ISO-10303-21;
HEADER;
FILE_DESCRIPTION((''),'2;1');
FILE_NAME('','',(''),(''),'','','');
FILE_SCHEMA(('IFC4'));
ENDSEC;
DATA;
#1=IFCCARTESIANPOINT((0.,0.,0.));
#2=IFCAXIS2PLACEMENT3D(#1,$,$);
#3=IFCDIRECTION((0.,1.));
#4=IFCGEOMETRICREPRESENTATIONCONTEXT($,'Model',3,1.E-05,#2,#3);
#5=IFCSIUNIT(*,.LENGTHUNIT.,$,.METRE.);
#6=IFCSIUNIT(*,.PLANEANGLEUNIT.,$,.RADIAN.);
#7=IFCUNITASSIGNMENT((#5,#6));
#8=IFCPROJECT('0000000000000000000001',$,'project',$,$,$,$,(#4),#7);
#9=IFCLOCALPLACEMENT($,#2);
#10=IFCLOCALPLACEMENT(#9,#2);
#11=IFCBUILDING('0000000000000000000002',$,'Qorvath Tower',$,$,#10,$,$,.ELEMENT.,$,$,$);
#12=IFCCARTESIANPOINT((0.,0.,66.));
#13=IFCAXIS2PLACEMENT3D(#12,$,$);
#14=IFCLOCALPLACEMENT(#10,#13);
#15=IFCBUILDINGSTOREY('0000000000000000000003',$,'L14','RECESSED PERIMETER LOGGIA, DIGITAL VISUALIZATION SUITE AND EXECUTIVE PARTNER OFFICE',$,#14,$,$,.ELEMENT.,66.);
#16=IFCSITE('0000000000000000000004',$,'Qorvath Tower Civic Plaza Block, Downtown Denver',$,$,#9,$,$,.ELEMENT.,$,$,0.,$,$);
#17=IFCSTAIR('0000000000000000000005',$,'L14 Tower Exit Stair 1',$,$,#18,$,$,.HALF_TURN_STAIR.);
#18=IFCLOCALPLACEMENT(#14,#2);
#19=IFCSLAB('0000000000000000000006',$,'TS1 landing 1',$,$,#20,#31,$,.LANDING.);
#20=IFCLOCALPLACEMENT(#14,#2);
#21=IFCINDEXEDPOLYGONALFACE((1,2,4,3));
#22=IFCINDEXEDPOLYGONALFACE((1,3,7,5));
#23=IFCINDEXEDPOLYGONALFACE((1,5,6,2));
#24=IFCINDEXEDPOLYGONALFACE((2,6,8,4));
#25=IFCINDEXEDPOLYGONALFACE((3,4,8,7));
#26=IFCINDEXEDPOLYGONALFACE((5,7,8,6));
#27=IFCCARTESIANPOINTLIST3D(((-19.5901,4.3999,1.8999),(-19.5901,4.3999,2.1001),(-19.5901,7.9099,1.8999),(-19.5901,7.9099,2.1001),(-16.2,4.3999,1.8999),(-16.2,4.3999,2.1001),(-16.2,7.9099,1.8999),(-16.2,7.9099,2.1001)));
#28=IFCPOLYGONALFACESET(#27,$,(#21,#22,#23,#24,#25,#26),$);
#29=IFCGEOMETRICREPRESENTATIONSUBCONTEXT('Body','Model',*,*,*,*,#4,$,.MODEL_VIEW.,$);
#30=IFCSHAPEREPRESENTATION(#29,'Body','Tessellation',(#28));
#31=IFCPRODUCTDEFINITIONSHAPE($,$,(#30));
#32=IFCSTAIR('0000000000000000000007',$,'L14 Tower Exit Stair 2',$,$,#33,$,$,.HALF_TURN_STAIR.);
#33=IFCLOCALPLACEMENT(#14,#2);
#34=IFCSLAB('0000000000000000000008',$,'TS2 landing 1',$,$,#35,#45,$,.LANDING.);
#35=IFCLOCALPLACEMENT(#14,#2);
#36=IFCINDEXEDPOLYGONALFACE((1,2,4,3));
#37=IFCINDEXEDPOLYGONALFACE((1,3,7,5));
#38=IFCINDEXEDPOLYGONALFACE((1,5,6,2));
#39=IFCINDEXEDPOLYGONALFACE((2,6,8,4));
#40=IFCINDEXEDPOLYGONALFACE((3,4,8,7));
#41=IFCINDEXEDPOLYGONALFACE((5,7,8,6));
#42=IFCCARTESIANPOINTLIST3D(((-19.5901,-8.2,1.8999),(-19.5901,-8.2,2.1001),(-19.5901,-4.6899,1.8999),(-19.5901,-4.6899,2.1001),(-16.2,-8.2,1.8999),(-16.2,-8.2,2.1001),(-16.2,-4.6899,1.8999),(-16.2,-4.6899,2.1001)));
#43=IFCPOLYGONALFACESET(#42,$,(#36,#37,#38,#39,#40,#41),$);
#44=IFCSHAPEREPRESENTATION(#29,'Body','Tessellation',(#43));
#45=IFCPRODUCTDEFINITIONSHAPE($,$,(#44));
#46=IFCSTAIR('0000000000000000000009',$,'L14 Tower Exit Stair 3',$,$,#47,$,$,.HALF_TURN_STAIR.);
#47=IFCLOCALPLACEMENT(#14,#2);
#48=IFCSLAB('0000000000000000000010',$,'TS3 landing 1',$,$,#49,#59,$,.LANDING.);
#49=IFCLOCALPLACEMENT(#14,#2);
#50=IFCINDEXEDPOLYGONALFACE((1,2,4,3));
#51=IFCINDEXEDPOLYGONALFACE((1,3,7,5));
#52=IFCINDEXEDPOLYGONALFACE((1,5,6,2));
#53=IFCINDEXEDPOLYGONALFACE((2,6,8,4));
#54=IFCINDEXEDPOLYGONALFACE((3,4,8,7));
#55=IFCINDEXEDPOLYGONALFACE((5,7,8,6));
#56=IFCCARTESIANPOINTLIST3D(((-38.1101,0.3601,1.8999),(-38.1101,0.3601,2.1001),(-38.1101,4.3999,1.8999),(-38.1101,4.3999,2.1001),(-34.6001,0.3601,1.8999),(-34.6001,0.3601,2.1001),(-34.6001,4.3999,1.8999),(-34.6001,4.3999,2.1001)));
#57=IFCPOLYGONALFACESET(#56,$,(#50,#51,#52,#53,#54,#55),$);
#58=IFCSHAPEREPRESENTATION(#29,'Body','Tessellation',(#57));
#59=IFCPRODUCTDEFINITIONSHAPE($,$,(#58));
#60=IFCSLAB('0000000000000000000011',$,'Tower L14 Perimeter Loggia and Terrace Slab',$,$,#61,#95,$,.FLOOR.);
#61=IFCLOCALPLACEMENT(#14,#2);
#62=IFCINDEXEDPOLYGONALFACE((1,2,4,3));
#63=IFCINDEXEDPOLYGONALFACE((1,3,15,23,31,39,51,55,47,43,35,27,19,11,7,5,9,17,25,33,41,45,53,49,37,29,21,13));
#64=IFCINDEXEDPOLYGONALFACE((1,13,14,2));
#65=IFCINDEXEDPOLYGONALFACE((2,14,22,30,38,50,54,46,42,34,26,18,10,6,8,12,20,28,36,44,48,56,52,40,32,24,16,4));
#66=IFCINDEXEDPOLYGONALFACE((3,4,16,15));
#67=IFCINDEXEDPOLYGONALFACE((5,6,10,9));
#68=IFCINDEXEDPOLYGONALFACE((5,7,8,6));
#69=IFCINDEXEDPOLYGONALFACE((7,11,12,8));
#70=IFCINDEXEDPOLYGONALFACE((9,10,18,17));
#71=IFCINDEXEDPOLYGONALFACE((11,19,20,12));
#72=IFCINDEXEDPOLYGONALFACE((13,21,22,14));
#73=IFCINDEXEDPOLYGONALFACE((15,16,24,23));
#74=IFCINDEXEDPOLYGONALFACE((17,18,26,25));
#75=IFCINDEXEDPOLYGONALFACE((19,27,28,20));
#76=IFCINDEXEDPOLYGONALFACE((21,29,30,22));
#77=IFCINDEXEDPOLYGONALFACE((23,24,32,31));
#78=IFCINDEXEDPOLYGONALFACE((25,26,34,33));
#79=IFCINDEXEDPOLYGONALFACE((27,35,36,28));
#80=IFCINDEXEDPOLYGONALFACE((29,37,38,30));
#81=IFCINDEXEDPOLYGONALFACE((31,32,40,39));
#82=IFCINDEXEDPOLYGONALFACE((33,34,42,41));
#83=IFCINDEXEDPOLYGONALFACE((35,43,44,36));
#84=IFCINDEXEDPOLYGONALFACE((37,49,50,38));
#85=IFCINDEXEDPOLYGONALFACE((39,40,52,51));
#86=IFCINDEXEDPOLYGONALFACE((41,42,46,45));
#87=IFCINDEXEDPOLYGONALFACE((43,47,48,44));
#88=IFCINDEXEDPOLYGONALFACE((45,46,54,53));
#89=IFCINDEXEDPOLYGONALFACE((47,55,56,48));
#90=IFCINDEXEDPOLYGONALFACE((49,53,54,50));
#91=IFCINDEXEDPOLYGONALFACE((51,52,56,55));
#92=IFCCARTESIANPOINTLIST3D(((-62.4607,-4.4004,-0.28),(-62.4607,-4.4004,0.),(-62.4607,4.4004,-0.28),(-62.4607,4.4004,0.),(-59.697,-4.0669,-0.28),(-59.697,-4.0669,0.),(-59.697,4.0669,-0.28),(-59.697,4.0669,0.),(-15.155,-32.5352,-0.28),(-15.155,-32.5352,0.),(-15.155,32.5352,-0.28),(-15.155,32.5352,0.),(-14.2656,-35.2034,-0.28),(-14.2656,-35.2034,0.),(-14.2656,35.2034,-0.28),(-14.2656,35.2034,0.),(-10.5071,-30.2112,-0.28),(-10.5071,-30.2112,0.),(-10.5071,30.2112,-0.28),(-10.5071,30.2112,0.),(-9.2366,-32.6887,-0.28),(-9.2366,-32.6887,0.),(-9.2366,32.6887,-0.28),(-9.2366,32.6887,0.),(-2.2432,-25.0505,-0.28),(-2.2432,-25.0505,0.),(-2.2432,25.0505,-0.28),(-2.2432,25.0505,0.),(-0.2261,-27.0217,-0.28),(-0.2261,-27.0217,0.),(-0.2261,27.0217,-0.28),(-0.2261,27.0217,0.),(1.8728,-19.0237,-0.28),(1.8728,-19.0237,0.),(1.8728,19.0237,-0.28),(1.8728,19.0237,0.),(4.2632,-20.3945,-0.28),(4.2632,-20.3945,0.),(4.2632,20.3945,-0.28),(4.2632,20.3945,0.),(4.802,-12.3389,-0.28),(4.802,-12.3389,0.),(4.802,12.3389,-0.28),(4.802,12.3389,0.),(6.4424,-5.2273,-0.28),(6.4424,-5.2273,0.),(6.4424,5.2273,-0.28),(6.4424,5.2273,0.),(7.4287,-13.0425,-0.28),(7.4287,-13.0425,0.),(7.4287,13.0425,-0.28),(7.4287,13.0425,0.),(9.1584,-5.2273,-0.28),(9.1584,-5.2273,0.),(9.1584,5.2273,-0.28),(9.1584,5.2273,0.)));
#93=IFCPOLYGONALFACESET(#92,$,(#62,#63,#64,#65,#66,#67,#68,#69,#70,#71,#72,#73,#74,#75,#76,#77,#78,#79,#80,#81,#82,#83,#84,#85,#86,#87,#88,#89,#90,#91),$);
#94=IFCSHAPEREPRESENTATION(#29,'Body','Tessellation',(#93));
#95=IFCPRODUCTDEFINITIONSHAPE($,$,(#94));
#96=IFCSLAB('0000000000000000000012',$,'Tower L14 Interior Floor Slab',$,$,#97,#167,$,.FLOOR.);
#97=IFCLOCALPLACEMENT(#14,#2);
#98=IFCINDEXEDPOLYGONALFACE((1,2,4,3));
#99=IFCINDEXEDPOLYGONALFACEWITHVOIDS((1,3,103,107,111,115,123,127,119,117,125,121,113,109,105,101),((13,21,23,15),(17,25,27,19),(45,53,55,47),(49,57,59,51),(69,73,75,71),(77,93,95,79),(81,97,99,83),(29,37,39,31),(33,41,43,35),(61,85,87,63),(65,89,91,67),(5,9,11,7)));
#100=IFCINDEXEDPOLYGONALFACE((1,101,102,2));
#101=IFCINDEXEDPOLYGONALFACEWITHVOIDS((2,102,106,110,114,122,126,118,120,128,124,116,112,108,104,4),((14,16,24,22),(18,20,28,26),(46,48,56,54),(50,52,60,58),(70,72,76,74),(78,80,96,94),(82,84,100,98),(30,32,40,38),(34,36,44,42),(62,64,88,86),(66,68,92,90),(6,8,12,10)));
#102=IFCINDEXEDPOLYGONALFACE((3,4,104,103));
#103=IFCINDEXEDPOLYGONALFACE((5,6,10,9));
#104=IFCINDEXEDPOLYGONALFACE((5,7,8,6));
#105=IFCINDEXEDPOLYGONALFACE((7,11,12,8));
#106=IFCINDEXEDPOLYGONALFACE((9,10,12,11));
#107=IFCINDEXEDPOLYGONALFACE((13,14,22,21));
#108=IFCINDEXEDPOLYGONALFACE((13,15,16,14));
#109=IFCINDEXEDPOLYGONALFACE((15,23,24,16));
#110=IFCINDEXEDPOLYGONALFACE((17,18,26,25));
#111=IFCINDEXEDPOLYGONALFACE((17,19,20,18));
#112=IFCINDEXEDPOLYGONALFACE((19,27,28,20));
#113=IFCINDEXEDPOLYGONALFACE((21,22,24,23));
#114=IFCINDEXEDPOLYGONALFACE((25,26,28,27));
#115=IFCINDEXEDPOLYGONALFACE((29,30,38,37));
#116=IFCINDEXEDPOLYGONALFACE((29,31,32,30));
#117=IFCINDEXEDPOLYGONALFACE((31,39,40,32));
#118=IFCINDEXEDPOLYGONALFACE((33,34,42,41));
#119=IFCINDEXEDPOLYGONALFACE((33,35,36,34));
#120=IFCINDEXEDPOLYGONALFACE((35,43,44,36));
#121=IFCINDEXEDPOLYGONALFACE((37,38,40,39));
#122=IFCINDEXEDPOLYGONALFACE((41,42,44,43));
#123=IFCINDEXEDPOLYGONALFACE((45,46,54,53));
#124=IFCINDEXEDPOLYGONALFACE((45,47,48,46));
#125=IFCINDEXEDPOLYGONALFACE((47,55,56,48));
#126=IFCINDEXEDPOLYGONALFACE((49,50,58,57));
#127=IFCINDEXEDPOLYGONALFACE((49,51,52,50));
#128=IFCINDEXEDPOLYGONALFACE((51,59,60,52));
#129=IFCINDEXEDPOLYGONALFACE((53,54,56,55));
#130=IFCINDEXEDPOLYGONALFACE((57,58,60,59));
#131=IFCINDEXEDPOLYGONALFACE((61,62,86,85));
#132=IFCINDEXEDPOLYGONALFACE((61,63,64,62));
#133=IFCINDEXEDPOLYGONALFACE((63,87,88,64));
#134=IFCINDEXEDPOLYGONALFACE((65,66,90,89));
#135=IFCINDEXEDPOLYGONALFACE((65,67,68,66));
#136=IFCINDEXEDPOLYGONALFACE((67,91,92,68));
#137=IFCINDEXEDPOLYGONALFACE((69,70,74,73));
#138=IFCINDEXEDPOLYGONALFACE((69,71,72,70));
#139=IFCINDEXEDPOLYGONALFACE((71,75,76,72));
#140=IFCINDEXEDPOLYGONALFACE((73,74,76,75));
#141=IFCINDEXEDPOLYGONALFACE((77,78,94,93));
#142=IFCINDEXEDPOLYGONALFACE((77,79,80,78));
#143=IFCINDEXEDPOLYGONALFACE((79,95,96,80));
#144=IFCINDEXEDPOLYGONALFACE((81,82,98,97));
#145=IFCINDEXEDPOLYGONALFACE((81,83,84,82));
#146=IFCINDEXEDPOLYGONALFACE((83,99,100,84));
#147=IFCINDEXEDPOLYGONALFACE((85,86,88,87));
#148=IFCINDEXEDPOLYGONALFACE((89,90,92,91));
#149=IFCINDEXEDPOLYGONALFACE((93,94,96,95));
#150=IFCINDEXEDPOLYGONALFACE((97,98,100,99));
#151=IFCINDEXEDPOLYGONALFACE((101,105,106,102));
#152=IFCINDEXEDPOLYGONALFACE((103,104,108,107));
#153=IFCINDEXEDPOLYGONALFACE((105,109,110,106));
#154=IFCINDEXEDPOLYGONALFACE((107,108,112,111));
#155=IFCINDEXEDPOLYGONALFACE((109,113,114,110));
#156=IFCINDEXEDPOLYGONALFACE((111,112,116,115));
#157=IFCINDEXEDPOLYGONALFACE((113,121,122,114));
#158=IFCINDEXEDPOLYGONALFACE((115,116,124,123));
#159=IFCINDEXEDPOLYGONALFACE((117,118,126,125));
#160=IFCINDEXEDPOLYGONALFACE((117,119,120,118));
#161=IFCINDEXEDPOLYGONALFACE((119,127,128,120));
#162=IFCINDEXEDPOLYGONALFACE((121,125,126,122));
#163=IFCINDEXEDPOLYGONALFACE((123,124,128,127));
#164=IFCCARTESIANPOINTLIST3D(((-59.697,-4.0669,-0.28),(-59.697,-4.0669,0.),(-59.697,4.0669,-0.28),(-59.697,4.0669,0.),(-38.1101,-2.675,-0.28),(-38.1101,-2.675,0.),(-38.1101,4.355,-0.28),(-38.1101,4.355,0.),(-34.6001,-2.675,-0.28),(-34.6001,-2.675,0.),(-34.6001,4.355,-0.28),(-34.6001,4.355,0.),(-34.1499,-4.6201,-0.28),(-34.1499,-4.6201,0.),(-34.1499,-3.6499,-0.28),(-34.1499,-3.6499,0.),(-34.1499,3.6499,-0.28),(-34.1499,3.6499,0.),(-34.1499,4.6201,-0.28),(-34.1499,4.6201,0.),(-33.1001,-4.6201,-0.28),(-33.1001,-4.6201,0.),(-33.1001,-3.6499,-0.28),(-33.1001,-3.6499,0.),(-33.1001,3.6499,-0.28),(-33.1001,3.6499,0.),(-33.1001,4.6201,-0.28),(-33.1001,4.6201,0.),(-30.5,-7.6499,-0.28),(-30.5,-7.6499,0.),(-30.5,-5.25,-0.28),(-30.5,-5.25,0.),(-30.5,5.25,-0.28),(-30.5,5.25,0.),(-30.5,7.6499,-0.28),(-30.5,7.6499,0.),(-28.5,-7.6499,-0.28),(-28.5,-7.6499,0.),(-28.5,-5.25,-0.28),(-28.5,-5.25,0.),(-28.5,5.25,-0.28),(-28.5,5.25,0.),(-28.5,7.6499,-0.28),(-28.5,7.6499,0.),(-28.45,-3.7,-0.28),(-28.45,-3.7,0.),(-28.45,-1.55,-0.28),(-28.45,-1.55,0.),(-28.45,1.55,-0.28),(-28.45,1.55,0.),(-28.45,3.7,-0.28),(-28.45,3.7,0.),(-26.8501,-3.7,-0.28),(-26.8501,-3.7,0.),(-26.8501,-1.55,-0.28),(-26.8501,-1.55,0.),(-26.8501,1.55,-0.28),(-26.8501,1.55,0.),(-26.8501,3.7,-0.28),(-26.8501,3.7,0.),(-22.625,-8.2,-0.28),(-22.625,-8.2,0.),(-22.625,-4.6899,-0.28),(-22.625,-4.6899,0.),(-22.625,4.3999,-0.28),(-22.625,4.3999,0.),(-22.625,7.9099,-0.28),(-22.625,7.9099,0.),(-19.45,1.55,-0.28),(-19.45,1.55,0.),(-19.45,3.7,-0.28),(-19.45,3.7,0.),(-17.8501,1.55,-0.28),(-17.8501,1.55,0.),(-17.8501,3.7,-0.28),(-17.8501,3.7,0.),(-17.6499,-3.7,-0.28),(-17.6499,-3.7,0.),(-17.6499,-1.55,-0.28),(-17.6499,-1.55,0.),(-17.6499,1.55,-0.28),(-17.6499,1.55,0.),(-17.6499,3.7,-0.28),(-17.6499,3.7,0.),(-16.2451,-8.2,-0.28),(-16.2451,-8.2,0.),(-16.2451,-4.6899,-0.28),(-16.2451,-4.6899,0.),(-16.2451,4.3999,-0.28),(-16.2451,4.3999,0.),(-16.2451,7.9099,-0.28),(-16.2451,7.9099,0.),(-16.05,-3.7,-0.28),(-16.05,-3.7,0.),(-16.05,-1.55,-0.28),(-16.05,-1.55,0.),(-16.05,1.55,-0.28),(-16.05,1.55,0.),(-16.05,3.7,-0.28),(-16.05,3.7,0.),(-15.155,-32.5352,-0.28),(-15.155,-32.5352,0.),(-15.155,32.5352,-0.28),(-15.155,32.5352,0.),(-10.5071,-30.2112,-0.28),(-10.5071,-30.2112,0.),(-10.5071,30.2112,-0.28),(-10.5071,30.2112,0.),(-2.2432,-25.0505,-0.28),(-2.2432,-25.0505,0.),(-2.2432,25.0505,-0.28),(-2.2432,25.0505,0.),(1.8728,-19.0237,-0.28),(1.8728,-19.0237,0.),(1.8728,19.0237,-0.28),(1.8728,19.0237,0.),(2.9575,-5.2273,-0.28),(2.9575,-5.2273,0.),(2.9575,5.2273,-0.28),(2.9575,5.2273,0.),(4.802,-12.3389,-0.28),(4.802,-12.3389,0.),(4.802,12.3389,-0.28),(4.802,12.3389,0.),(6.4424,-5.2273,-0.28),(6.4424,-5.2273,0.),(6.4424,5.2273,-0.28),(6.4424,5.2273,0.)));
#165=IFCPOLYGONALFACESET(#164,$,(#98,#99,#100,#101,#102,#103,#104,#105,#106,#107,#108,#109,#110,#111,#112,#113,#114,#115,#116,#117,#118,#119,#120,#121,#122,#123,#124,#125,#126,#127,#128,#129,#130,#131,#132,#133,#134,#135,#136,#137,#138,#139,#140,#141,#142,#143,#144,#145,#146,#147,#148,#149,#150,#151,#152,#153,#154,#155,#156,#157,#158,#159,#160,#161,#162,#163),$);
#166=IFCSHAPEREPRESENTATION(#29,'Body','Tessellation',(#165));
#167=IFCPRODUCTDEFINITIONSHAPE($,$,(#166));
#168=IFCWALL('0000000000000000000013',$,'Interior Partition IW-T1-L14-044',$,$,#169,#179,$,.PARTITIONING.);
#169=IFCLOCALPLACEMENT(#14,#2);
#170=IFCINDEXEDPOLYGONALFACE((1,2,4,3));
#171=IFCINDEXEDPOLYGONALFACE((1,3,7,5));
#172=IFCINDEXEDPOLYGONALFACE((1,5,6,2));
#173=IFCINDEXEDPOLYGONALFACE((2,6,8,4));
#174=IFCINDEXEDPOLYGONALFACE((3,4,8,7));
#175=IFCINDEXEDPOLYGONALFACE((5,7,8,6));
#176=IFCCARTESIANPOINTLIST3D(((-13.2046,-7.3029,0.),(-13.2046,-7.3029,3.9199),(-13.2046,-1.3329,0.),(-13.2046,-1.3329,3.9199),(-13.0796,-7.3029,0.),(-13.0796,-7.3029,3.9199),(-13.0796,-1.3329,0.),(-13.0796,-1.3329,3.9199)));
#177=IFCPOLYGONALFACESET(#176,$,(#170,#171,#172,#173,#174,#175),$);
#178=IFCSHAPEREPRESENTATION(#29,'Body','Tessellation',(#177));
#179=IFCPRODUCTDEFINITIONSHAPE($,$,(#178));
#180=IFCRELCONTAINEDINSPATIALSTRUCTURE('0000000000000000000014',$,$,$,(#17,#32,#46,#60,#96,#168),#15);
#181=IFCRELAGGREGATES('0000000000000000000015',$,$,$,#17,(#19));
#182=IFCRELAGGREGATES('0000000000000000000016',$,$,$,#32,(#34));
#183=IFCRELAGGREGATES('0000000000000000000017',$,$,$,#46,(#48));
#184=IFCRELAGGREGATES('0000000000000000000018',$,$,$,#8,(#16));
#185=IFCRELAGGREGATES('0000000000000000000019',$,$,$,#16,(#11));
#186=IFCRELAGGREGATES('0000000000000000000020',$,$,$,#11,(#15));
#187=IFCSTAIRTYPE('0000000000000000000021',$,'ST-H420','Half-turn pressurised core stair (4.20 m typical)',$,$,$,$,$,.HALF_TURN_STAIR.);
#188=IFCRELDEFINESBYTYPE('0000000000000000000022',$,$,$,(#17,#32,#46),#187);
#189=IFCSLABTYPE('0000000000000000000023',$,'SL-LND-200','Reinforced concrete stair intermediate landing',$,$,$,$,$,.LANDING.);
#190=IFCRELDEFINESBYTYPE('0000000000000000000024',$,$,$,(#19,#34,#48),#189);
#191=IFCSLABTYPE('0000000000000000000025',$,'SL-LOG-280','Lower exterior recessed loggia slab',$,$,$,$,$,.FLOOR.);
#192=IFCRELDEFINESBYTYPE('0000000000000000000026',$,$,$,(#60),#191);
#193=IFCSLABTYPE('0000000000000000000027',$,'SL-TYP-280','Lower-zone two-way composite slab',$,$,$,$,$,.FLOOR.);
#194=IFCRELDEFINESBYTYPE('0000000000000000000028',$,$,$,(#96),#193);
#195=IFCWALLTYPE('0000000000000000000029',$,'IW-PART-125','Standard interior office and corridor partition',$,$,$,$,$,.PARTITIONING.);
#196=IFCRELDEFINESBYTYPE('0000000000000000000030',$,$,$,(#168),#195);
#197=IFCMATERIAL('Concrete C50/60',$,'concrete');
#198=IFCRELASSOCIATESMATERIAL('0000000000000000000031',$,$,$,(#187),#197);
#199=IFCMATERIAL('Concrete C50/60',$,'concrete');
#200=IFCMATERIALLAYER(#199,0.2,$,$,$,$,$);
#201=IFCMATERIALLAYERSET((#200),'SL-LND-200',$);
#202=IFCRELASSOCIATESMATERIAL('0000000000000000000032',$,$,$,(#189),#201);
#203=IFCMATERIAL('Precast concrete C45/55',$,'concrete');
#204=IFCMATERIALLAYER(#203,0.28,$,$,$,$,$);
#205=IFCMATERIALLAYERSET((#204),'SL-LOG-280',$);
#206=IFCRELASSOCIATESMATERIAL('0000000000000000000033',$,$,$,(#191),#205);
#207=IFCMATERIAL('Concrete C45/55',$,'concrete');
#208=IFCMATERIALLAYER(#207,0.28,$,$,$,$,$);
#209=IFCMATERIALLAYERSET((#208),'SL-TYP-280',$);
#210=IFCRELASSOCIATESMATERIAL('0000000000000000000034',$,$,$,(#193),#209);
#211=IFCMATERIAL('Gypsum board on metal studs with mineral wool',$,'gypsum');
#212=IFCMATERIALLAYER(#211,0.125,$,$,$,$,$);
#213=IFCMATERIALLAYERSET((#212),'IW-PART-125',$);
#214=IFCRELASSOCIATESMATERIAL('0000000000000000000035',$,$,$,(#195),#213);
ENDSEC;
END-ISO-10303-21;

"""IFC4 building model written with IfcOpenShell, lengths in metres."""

from ifc_helpers import new_model, si_unit, direction, frame, frame_2d, origin, place, context, subcontext, project, spatial, polyline, rectangle, outline, extrude, material, layer, layer_set, type_object, element, aggregate, save


model = new_model("IFC4")

# Units and contexts
model_context = context("Model", 3, precision=1e-05, world=origin(), true_north=direction((0.0, 1.0)))
body_context = subcontext(model_context, "Body", "Model", "MODEL_VIEW")
ifc_project = project(units=[si_unit("LENGTHUNIT", "METRE"), si_unit("PLANEANGLEUNIT", "RADIAN")], contexts=[model_context])

# Site, building, storey
site_placement = place(None, origin())
site = spatial("IfcSite", under=ifc_project, at=site_placement, Name="Qorvath Tower Civic Plaza Block, Downtown Denver", CompositionType="ELEMENT", RefElevation=0.0)
building_placement = place(site_placement, origin())
building = spatial("IfcBuilding", under=site, at=building_placement, Name="Qorvath Tower", CompositionType="ELEMENT")
storey_placement = place(building_placement, frame((0.0, 0.0, 66.0)))
storey = spatial("IfcBuildingStorey", under=building, at=storey_placement, Name="L14", Description="RECESSED PERIMETER LOGGIA, DIGITAL VISUALIZATION SUITE AND EXECUTIVE PARTNER OFFICE", CompositionType="ELEMENT", Elevation=66.0)

# Stairs, slabs
ifc_material_1 = material(Name="Concrete C50/60", Category="concrete")
stair_type = type_object("IfcStairType", Name="ST-H420", Description="Half-turn pressurised core stair (4.20 m typical)", PredefinedType="HALF_TURN_STAIR", material=ifc_material_1)
stair_1_placement = place(storey_placement, origin())
stair_1 = element("IfcStair", 1, at=stair_1_placement, inside=storey, type_object=stair_type, Name="L14 Tower Exit Stair 1", PredefinedType="HALF_TURN_STAIR")
ifc_material_2 = material(Name="Concrete C50/60", Category="concrete")
ifc_layer_1 = layer(ifc_material_2, 0.2)
ifc_layer_set_1 = layer_set([ifc_layer_1], Name="SL-LND-200")
slab_type_1 = type_object("IfcSlabType", Name="SL-LND-200", Description="Reinforced concrete stair intermediate landing", PredefinedType="LANDING", material=ifc_layer_set_1)
slab_1_placement = place(storey_placement, frame((0.0, 0.0, 1.8999)))
slab_1 = element("IfcSlab", 2, at=slab_1_placement, type_object=slab_type_1, Name="TS1 landing 1", PredefinedType="LANDING", context=body_context, shape_type="SweptSolid", body=[
    extrude(outline(polyline([(-19.5901, 4.3999), (-16.2, 4.3999), (-16.2, 7.9099), (-19.5901, 7.9099), (-19.5901, 4.3999)])), origin(), (0.0, 0.0, 1.0), 0.2002),
])
aggregate(stair_1, [slab_1])
stair_2_placement = place(storey_placement, origin())
stair_2 = element("IfcStair", 3, at=stair_2_placement, inside=storey, type_object=stair_type, Name="L14 Tower Exit Stair 2", PredefinedType="HALF_TURN_STAIR")
slab_2_placement = place(storey_placement, frame((0.0, 0.0, 1.8999)))
slab_2 = element("IfcSlab", 4, at=slab_2_placement, type_object=slab_type_1, Name="TS2 landing 1", PredefinedType="LANDING", context=body_context, shape_type="SweptSolid", body=[
    extrude(outline(polyline([(-19.5901, -8.2), (-16.2, -8.2), (-16.2, -4.6899), (-19.5901, -4.6899), (-19.5901, -8.2)])), origin(), (0.0, 0.0, 1.0), 0.2002),
])
aggregate(stair_2, [slab_2])
stair_3_placement = place(storey_placement, origin())
stair_3 = element("IfcStair", 5, at=stair_3_placement, inside=storey, type_object=stair_type, Name="L14 Tower Exit Stair 3", PredefinedType="HALF_TURN_STAIR")
slab_3_placement = place(storey_placement, frame((0.0, 0.0, 1.8999)))
slab_3 = element("IfcSlab", 6, at=slab_3_placement, type_object=slab_type_1, Name="TS3 landing 1", PredefinedType="LANDING", context=body_context, shape_type="SweptSolid", body=[
    extrude(outline(polyline([(-34.6001, 0.3601), (-34.6001, 4.3999), (-38.1101, 4.3999), (-38.1101, 0.3601), (-34.6001, 0.3601)])), origin(), (0.0, 0.0, 1.0), 0.2002),
])
aggregate(stair_3, [slab_3])

# Slabs
ifc_material_3 = material(Name="Precast concrete C45/55", Category="concrete")
ifc_layer_2 = layer(ifc_material_3, 0.28)
ifc_layer_set_2 = layer_set([ifc_layer_2], Name="SL-LOG-280")
slab_type_2 = type_object("IfcSlabType", Name="SL-LOG-280", Description="Lower exterior recessed loggia slab", PredefinedType="FLOOR", material=ifc_layer_set_2)
slab_4_placement = place(storey_placement, frame((0.0, 0.0, -0.28)))
element("IfcSlab", 7, at=slab_4_placement, inside=storey, type_object=slab_type_2, Name="Tower L14 Perimeter Loggia and Terrace Slab", PredefinedType="FLOOR", context=body_context, shape_type="SweptSolid", body=[
    extrude(outline(polyline([(6.4424, -5.2273), (4.802, -12.3389), (1.8728, -19.0237), (-2.2432, -25.0505), (-10.5071, -30.2112), (-15.155, -32.5352), (-59.697, -4.0669), (-59.697, 4.0669), (-15.155, 32.5352), (-10.5071, 30.2112), (-2.2432, 25.0505), (1.8728, 19.0237), (4.802, 12.3389), (6.4424, 5.2273), (9.1584, 5.2273), (7.4287, 13.0425), (4.2632, 20.3945), (-0.2261, 27.0217), (-9.2366, 32.6887), (-14.2656, 35.2034), (-62.4607, 4.4004), (-62.4607, -4.4004), (-14.2656, -35.2034), (-9.2366, -32.6887), (-0.2261, -27.0217), (4.2632, -20.3945), (7.4287, -13.0425), (9.1584, -5.2273), (6.4424, -5.2273)])), origin(), (0.0, 0.0, 1.0), 0.28),
])
ifc_material_4 = material(Name="Concrete C45/55", Category="concrete")
ifc_layer_3 = layer(ifc_material_4, 0.28)
ifc_layer_set_3 = layer_set([ifc_layer_3], Name="SL-TYP-280")
slab_type_3 = type_object("IfcSlabType", Name="SL-TYP-280", Description="Lower-zone two-way composite slab", PredefinedType="FLOOR", material=ifc_layer_set_3)
slab_5_placement = place(storey_placement, frame((0.0, 0.0, -0.28)))
element("IfcSlab", 8, at=slab_5_placement, inside=storey, type_object=slab_type_3, Name="Tower L14 Interior Floor Slab", PredefinedType="FLOOR", context=body_context, shape_type="SweptSolid", body=[
    extrude(outline(polyline([(-59.697, 4.0669), (-59.697, -4.0669), (-15.155, -32.5352), (-10.5071, -30.2112), (-2.2432, -25.0505), (1.8728, -19.0237), (4.802, -12.3389), (6.4424, -5.2273), (2.9575, -5.2273), (2.9575, 5.2273), (6.4424, 5.2273), (4.802, 12.3389), (1.8728, 19.0237), (-2.2432, 25.0505), (-10.5071, 30.2112), (-15.155, 32.5352), (-59.697, 4.0669)]), holes=[polyline([(-17.6499, -3.7), (-17.6499, -1.55), (-16.05, -1.55), (-16.05, -3.7), (-17.6499, -3.7)]), polyline([(-17.6499, 1.55), (-17.6499, 3.7), (-16.05, 3.7), (-16.05, 1.55), (-17.6499, 1.55)]), polyline([(-16.2451, -8.2), (-22.625, -8.2), (-22.625, -4.6899), (-16.2451, -4.6899), (-16.2451, -8.2)]), polyline([(-22.625, 4.3999), (-22.625, 7.9099), (-16.2451, 7.9099), (-16.2451, 4.3999), (-22.625, 4.3999)]), polyline([(-17.8501, 1.55), (-19.45, 1.55), (-19.45, 3.7), (-17.8501, 3.7), (-17.8501, 1.55)]), polyline([(-28.45, -3.7), (-28.45, -1.55), (-26.8501, -1.55), (-26.8501, -3.7), (-28.45, -3.7)]), polyline([(-26.8501, 1.55), (-28.45, 1.55), (-28.45, 3.7), (-26.8501, 3.7), (-26.8501, 1.55)]), polyline([(-28.5, -7.6499), (-30.5, -7.6499), (-30.5, -5.25), (-28.5, -5.25), (-28.5, -7.6499)]), polyline([(-30.5, 5.25), (-30.5, 7.6499), (-28.5, 7.6499), (-28.5, 5.25), (-30.5, 5.25)]), polyline([(-34.1499, -4.6201), (-34.1499, -3.6499), (-33.1001, -3.6499), (-33.1001, -4.6201), (-34.1499, -4.6201)]), polyline([(-34.1499, 3.6499), (-34.1499, 4.6201), (-33.1001, 4.6201), (-33.1001, 3.6499), (-34.1499, 3.6499)]), polyline([(-34.6001, -2.675), (-38.1101, -2.675), (-38.1101, 4.355), (-34.6001, 4.355), (-34.6001, -2.675)])]), origin(), (0.0, 0.0, 1.0), 0.28),
])

# Wall
ifc_material_5 = material(Name="Gypsum board on metal studs with mineral wool", Category="gypsum")
ifc_layer_4 = layer(ifc_material_5, 0.125)
ifc_layer_set_4 = layer_set([ifc_layer_4], Name="IW-PART-125")
wall_type_1 = type_object("IfcWallType", Name="IW-PART-125", Description="Standard interior office and corridor partition", PredefinedType="PARTITIONING", material=ifc_layer_set_4)
wall_1_placement = place(storey_placement, frame((-13.1421, -1.333, 0.0), z_axis=(0.0, 0.0, 1.0), x_axis=(0.0, -1.0, 0.0)))
element("IfcWall", 9, at=wall_1_placement, inside=storey, type_object=wall_type_1, Name="Interior Partition IW-T1-L14-044", PredefinedType="PARTITIONING", context=body_context, shape_type="SweptSolid", body=[
    extrude(rectangle(XDim=5.97, YDim=0.125, at=frame_2d((2.9849, 0.0))), origin(), (0.0, 0.0, 1.0), 3.9199),
])

save(model, "model.ifc")
